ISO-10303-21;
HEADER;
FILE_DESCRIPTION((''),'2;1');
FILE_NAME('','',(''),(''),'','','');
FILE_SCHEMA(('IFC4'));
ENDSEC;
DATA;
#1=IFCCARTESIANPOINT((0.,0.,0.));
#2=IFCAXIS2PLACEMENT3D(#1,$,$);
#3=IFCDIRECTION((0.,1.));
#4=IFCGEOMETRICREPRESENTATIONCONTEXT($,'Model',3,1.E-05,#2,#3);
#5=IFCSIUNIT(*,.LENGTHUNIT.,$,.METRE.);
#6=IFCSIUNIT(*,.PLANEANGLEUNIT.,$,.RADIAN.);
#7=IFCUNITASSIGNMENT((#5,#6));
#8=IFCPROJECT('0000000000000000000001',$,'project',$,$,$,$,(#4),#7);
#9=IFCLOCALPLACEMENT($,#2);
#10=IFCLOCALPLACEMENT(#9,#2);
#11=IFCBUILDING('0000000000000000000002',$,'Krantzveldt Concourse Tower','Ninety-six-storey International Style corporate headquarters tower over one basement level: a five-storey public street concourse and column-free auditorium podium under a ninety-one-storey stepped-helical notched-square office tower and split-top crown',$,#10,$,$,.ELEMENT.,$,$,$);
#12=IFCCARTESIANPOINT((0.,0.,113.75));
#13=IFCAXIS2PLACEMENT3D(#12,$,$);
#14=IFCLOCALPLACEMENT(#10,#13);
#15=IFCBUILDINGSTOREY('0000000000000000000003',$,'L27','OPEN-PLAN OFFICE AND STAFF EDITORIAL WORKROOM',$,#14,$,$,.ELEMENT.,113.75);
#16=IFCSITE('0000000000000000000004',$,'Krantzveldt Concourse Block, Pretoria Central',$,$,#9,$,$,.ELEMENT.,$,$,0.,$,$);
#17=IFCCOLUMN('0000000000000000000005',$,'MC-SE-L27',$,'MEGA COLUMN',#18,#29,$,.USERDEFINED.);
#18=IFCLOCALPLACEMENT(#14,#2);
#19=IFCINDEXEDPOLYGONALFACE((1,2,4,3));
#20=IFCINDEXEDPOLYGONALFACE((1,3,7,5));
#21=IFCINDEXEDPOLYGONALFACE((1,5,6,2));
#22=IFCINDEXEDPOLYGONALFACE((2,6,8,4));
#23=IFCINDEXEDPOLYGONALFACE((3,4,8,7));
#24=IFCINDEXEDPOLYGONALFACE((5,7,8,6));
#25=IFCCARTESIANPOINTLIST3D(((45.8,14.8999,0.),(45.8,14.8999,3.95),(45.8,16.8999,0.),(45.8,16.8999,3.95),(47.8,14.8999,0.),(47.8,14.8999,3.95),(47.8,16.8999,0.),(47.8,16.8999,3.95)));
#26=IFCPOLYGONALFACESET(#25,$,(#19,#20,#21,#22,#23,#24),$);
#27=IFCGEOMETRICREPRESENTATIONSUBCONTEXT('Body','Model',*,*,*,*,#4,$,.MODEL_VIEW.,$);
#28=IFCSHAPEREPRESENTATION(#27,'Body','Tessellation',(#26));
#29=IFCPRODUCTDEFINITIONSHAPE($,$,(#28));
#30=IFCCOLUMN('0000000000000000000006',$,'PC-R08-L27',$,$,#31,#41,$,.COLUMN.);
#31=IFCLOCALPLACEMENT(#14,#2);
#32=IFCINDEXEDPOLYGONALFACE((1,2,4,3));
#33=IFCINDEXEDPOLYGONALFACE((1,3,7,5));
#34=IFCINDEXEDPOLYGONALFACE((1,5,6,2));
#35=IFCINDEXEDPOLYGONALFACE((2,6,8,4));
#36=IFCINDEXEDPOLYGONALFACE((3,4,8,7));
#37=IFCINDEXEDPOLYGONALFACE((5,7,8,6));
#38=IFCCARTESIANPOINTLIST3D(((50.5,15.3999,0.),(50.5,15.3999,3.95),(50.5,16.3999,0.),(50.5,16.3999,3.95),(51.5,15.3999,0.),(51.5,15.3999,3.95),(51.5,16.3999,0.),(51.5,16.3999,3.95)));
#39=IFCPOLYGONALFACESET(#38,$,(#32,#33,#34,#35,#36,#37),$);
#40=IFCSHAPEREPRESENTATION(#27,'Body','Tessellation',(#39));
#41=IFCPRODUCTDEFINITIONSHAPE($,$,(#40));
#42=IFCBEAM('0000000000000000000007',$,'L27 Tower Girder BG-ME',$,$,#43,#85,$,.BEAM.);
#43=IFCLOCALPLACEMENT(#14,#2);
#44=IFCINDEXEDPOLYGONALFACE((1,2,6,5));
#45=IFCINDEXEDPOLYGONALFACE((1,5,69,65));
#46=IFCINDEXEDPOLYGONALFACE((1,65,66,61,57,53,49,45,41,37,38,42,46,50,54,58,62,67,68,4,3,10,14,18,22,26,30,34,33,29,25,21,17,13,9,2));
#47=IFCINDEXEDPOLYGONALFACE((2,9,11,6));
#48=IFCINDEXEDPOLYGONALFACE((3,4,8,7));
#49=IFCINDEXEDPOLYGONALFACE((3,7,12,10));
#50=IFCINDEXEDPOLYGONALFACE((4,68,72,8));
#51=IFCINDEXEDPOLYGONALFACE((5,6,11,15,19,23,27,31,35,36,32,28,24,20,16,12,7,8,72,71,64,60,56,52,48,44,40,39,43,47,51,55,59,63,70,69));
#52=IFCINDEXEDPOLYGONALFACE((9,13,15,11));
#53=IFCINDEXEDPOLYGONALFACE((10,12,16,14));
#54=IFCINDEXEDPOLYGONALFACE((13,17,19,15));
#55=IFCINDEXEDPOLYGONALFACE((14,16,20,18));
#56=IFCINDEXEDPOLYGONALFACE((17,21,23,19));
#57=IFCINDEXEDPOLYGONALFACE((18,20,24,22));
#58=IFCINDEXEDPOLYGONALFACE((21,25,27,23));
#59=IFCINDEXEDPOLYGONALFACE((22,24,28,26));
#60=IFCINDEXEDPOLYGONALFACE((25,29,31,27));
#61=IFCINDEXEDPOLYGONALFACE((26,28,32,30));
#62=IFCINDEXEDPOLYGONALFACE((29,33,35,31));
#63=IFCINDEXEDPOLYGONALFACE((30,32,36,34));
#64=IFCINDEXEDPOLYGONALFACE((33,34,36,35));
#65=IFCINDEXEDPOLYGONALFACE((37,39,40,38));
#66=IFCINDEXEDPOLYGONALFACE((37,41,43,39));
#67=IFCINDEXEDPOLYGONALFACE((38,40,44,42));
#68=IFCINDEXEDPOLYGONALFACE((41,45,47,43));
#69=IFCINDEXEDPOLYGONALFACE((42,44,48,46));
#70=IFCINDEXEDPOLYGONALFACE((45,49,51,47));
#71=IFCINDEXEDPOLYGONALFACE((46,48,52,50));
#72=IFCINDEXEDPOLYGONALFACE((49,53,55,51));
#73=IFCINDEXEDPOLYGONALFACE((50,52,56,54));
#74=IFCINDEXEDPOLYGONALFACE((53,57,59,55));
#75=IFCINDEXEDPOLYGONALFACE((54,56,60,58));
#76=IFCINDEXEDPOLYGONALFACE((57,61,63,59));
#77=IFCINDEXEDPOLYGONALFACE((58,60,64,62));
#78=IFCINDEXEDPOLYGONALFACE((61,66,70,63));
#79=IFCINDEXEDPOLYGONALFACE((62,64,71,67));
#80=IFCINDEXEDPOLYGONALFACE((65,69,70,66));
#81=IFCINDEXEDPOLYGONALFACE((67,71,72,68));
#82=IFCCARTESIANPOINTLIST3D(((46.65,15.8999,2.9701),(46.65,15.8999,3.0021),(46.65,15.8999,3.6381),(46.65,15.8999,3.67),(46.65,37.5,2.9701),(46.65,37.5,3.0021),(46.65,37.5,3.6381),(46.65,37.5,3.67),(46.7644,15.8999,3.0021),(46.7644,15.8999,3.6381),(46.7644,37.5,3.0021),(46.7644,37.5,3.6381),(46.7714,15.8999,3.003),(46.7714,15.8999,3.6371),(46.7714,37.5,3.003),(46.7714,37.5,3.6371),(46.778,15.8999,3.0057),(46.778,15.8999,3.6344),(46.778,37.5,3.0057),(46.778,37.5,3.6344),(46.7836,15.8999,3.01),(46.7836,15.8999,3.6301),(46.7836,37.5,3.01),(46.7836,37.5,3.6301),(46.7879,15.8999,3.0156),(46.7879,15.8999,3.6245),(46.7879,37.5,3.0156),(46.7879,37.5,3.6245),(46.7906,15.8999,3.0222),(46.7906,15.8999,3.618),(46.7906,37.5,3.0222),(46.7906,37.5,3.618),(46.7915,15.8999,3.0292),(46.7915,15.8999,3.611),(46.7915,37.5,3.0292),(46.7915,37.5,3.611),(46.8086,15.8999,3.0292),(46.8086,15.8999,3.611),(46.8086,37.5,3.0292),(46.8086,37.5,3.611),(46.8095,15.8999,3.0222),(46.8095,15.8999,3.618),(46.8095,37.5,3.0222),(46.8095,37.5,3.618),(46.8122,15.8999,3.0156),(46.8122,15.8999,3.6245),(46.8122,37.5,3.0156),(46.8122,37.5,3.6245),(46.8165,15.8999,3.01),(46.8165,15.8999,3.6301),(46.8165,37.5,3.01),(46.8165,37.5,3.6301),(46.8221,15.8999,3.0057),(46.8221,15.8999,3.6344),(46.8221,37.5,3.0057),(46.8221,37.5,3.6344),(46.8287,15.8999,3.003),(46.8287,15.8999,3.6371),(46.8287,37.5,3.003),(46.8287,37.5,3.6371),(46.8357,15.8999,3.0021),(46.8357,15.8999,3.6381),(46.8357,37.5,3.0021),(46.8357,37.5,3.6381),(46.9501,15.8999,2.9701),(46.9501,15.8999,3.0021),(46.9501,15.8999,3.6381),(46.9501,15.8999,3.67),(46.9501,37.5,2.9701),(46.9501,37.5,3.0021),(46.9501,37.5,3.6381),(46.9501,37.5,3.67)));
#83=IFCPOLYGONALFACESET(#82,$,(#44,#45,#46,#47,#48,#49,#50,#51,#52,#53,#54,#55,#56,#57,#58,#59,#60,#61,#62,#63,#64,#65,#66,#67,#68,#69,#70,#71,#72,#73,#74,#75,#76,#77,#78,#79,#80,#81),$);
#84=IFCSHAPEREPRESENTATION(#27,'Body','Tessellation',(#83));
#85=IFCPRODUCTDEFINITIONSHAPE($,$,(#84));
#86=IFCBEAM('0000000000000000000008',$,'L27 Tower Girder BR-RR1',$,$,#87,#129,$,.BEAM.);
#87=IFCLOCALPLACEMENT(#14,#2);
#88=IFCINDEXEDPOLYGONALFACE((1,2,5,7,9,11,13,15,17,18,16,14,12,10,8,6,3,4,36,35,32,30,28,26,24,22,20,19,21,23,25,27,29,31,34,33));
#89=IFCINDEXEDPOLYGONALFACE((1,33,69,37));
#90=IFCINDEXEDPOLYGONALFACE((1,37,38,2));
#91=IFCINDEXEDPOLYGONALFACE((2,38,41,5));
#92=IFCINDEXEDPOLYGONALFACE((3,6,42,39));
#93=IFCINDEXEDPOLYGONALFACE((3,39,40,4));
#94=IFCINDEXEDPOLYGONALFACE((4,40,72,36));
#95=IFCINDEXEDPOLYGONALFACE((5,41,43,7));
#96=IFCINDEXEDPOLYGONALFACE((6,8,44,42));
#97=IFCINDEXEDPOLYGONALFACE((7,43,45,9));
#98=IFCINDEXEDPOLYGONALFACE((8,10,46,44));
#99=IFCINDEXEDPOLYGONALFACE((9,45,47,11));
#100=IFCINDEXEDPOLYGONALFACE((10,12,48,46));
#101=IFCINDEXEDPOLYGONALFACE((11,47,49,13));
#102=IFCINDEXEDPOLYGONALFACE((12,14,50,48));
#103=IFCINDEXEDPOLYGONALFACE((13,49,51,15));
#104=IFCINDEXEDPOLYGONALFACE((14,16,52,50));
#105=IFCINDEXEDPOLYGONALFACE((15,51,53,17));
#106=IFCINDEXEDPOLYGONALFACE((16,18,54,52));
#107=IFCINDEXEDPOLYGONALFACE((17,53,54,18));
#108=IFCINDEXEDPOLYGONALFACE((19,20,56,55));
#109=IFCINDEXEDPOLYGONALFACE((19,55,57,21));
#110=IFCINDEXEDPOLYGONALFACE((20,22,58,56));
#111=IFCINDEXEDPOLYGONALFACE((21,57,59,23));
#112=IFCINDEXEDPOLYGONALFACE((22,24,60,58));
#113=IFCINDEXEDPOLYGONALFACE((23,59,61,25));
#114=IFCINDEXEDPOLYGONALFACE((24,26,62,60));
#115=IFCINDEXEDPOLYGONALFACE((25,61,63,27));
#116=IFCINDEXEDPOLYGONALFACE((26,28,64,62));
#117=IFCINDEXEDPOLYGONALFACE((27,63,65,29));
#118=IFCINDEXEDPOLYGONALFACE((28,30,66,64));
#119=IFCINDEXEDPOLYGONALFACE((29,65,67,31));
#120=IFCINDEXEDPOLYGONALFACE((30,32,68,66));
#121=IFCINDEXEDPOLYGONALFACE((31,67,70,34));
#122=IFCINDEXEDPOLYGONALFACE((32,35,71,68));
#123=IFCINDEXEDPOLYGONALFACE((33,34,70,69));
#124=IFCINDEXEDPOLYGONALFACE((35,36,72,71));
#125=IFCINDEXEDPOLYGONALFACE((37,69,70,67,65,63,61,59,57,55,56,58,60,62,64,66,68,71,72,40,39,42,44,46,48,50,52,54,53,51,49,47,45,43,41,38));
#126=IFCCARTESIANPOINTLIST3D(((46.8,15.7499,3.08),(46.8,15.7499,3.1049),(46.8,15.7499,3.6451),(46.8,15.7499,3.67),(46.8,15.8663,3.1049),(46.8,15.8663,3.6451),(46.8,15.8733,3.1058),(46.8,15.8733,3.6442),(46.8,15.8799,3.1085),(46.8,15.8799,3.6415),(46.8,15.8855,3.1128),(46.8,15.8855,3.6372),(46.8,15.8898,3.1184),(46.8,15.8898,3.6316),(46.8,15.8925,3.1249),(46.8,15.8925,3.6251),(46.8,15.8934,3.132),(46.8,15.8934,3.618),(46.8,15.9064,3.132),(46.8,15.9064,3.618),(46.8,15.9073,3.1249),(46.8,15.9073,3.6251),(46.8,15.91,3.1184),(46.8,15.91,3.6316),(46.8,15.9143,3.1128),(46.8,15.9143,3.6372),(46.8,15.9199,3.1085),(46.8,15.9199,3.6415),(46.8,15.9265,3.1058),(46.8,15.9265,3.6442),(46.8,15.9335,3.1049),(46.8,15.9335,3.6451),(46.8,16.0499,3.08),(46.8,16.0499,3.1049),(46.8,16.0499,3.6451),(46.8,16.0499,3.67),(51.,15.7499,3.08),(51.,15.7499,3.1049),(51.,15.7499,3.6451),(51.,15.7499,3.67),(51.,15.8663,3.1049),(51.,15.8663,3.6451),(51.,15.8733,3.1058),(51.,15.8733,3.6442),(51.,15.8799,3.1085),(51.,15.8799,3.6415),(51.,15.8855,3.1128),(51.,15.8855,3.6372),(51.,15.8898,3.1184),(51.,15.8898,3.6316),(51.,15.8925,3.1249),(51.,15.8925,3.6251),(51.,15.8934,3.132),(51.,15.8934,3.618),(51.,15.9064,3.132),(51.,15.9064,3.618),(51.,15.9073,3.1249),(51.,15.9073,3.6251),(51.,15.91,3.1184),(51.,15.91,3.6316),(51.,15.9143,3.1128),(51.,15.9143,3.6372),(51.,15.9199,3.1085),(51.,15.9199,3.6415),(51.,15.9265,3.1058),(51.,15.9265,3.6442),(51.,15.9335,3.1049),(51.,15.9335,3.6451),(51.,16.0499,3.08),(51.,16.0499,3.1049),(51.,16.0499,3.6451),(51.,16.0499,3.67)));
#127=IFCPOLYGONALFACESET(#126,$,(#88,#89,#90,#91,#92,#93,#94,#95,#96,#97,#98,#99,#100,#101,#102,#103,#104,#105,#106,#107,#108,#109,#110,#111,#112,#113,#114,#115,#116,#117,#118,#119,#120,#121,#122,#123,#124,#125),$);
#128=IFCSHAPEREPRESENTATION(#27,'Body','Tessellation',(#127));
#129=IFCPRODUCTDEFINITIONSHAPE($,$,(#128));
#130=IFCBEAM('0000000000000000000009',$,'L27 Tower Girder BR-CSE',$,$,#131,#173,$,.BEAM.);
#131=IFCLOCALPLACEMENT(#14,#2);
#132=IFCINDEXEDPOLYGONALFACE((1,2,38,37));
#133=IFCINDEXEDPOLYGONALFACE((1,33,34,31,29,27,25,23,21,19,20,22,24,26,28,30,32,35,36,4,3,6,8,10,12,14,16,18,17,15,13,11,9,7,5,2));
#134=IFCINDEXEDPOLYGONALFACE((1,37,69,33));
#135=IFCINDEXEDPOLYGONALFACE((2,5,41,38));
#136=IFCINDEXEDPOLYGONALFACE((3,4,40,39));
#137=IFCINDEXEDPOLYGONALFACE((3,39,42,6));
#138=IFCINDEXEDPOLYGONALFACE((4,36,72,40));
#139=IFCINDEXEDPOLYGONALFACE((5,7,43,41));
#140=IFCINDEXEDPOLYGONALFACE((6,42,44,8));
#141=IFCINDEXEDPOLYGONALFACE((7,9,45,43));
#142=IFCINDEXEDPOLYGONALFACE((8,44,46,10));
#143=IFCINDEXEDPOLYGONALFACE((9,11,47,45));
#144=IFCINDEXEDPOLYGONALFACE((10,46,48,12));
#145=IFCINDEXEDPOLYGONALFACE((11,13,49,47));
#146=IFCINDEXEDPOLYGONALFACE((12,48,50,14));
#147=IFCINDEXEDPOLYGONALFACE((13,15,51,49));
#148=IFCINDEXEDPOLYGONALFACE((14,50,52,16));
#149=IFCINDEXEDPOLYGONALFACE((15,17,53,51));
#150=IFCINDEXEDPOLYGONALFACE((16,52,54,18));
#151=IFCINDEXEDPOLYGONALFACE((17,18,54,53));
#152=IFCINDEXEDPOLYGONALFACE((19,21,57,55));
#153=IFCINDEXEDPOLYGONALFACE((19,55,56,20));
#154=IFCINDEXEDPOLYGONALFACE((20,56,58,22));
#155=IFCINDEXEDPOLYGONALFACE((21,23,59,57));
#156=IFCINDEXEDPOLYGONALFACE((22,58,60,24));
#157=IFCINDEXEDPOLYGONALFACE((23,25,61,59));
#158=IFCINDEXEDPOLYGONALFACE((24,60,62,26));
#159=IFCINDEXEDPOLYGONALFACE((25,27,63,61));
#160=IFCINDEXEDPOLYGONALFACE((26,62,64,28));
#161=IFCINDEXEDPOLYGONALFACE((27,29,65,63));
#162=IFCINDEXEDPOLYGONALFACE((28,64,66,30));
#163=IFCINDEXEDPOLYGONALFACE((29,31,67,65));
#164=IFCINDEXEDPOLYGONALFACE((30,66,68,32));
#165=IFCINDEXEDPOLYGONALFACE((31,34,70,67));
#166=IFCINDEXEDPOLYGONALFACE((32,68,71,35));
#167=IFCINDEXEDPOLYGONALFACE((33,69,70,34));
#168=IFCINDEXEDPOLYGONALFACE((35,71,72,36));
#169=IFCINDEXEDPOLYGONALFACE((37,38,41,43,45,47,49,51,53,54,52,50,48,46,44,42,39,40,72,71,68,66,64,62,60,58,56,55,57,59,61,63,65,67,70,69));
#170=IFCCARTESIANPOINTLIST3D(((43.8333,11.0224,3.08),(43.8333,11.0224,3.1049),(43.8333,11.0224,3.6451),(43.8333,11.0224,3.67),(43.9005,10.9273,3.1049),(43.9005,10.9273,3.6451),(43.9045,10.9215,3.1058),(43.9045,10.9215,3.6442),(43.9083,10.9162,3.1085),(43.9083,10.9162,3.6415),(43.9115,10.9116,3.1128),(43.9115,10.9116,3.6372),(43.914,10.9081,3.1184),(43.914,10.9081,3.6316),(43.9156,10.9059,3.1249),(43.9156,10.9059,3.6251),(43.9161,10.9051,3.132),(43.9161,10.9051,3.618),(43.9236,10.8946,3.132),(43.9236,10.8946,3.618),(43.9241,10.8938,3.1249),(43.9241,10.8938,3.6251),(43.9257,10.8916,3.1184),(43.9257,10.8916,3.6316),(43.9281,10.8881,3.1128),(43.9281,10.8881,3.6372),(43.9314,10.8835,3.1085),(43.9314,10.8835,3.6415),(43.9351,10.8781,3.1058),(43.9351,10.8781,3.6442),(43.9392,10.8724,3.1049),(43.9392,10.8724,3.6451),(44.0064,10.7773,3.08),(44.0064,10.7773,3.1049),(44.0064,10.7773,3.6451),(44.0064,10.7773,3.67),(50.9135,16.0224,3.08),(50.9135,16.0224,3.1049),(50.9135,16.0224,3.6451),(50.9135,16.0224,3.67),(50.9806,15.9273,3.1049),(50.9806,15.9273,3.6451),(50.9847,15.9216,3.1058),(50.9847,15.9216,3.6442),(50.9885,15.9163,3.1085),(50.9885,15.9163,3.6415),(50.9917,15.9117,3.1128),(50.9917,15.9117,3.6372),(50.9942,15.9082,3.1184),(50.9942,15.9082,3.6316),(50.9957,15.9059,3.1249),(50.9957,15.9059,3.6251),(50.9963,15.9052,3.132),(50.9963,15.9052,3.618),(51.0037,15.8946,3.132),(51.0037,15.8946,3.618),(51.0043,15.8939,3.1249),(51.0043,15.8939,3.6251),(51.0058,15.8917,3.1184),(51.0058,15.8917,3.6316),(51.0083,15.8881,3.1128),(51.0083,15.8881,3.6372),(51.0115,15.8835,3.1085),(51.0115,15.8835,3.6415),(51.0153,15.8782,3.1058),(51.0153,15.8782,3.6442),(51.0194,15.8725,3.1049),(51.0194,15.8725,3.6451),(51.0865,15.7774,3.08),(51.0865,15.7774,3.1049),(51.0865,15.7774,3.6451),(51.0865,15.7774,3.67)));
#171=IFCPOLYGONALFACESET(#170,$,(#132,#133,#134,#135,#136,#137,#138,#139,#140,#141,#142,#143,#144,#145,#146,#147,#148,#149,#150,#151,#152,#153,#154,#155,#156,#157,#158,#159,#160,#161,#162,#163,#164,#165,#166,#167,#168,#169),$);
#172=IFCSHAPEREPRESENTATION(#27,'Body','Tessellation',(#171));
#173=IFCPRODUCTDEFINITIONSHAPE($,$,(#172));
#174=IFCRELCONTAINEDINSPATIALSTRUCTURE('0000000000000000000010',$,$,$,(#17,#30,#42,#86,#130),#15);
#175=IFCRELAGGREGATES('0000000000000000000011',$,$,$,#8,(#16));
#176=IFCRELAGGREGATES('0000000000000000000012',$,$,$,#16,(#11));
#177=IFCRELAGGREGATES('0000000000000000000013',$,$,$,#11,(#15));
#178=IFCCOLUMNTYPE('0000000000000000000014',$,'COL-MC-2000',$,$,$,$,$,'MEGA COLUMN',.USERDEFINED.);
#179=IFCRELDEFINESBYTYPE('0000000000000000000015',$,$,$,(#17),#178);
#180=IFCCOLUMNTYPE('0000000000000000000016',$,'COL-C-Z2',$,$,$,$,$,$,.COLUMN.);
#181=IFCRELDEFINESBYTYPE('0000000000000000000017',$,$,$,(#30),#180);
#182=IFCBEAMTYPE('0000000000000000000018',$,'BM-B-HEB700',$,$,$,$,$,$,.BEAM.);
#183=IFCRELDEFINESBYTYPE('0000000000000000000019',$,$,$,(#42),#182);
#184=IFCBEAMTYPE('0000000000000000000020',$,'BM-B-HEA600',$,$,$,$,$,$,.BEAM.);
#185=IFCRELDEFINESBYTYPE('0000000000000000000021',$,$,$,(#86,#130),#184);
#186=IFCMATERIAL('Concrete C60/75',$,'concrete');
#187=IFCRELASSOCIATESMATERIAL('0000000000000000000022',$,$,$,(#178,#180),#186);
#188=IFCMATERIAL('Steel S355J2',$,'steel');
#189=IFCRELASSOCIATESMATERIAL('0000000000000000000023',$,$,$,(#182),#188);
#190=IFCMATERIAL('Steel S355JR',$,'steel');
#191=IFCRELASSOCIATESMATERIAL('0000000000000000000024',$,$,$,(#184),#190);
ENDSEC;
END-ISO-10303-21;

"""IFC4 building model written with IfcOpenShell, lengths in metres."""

from ifc_helpers import new_model, si_unit, direction, frame, origin, origin_2d, place, context, subcontext, project, spatial, rectangle, i_section, extrude, source, transform, mapped, material, material_profile, profile_set, type_object, type_shapes, element, save


model = new_model("IFC4")

# Units and contexts
model_context = context("Model", 3, precision=1e-05, world=origin(), true_north=direction((0.0, 1.0)))
body_context = subcontext(model_context, "Body", "Model", "MODEL_VIEW")
ifc_project = project(units=[si_unit("LENGTHUNIT", "METRE"), si_unit("PLANEANGLEUNIT", "RADIAN")], contexts=[model_context])

# Site, building, storey
site_placement = place(None, origin())
site = spatial("IfcSite", under=ifc_project, at=site_placement, Name="Krantzveldt Concourse Block, Pretoria Central", CompositionType="ELEMENT", RefElevation=0.0)
building_placement = place(site_placement, origin())
building = spatial("IfcBuilding", under=site, at=building_placement, Name="Krantzveldt Concourse Tower", Description="Ninety-six-storey International Style corporate headquarters tower over one basement level: a five-storey public street concourse and column-free auditorium podium under a ninety-one-storey stepped-helical notched-square office tower and split-top crown", CompositionType="ELEMENT")
storey_placement = place(building_placement, frame((0.0, 0.0, 113.75)))
storey = spatial("IfcBuildingStorey", under=building, at=storey_placement, Name="L27", Description="OPEN-PLAN OFFICE AND STAFF EDITORIAL WORKROOM", CompositionType="ELEMENT", Elevation=113.75)

# Columns
ifc_material_1 = material(Name="Concrete C60/75", Category="concrete")
ifc_material_profile_1 = material_profile(ifc_material_1, rectangle(XDim=2.0, YDim=2.0, at=origin_2d()), Name="Concrete C60/75", Category="concrete")
ifc_profile_set_1 = profile_set([ifc_material_profile_1], Name="Concrete C60/75 - RC 2000x2000")
column_type_1 = type_object("IfcColumnType", Name="COL-MC-2000", ElementType="MEGA COLUMN", PredefinedType="USERDEFINED", material=ifc_profile_set_1)
shared_shape_1 = source(origin(), body_context, "Body", "SweptSolid", [
    extrude(rectangle(XDim=2.0, YDim=2.0, at=origin_2d()), origin(), (0.0, 0.0, 1.0), 3.95),
])
type_shapes(column_type_1, [shared_shape_1])
column_1_placement = place(storey_placement, frame((46.8, 15.8999, 0.0), z_axis=(0.0, 0.0, 1.0), x_axis=(1.0, 0.0, 0.0)))
element("IfcColumn", 1, at=column_1_placement, inside=storey, type_object=column_type_1, Name="MC-SE-L27", ObjectType="MEGA COLUMN", PredefinedType="USERDEFINED", context=body_context, shape_type="MappedRepresentation", body=[
    mapped(shared_shape_1, transform((0.0, 0.0, 0.0), x_axis=(1.0, 0.0, 0.0), y_axis=(0.0, 1.0, 0.0), z_axis=(0.0, 0.0, 1.0), scale=1.0)),
])
ifc_material_profile_2 = material_profile(ifc_material_1, rectangle(XDim=1.0, YDim=1.0, at=origin_2d()), Name="Concrete C60/75", Category="concrete")
ifc_profile_set_2 = profile_set([ifc_material_profile_2], Name="Concrete C60/75 - RC 1000x1000")
column_type_2 = type_object("IfcColumnType", Name="COL-C-Z2", PredefinedType="COLUMN", material=ifc_profile_set_2)
shared_shape_2 = source(origin(), body_context, "Body", "SweptSolid", [
    extrude(rectangle(XDim=1.0, YDim=1.0, at=origin_2d()), origin(), (0.0, 0.0, 1.0), 3.95),
])
type_shapes(column_type_2, [shared_shape_2])
column_2_placement = place(storey_placement, frame((51.0, 15.8999, 0.0), z_axis=(0.0, 0.0, 1.0), x_axis=(1.0, 0.0, 0.0)))
element("IfcColumn", 2, at=column_2_placement, inside=storey, type_object=column_type_2, Name="PC-R08-L27", PredefinedType="COLUMN", context=body_context, shape_type="MappedRepresentation", body=[
    mapped(shared_shape_2, transform((0.0, 0.0, 0.0), x_axis=(1.0, 0.0, 0.0), y_axis=(0.0, 1.0, 0.0), z_axis=(0.0, 0.0, 1.0), scale=1.0)),
])

# Beams
ifc_material_2 = material(Name="Steel S355J2", Category="steel")
ifc_material_profile_3 = material_profile(ifc_material_2, i_section(OverallWidth=0.3, OverallDepth=0.7, WebThickness=0.0171, FlangeThickness=0.032, FilletRadius=0.0271, at=origin_2d()), Name="Steel S355J2", Category="steel")
ifc_profile_set_3 = profile_set([ifc_material_profile_3], Name="Steel S355J2 - HEB 700")
beam_type_1 = type_object("IfcBeamType", Name="BM-B-HEB700", PredefinedType="BEAM", material=ifc_profile_set_3)
shared_shape_3 = source(origin(), body_context, "Body", "SweptSolid", [
    extrude(i_section(OverallWidth=0.3, OverallDepth=0.7, WebThickness=0.0171, FlangeThickness=0.032, FilletRadius=0.0271, at=origin_2d()), origin(), (0.0, 0.0, 1.0), 21.6001),
])
type_shapes(beam_type_1, [shared_shape_3])
beam_1_placement = place(storey_placement, frame((46.8, 15.8999, 3.3201), z_axis=(0.0, 1.0, 0.0), x_axis=(-1.0, 0.0, 0.0)))
element("IfcBeam", 3, at=beam_1_placement, inside=storey, type_object=beam_type_1, Name="L27 Tower Girder BG-ME", PredefinedType="BEAM", context=body_context, shape_type="MappedRepresentation", body=[
    mapped(shared_shape_3, transform((0.0, 0.0, 0.0), x_axis=(1.0, 0.0, 0.0), y_axis=(0.0, 1.0, 0.0), z_axis=(0.0, 0.0, 1.0), scale=1.0)),
])
ifc_material_3 = material(Name="Steel S355JR", Category="steel")
ifc_material_profile_4 = material_profile(ifc_material_3, i_section(OverallWidth=0.3, OverallDepth=0.5901, WebThickness=0.0129, FlangeThickness=0.0249, FilletRadius=0.0271, at=origin_2d()), Name="Steel S355JR", Category="steel")
ifc_profile_set_4 = profile_set([ifc_material_profile_4], Name="Steel S355JR - HEA 600")
beam_type_2 = type_object("IfcBeamType", Name="BM-B-HEA600", PredefinedType="BEAM", material=ifc_profile_set_4)
shared_shape_4 = source(origin(), body_context, "Body", "SweptSolid", [
    extrude(i_section(OverallWidth=0.3, OverallDepth=0.5901, WebThickness=0.0129, FlangeThickness=0.0249, FilletRadius=0.0271, at=origin_2d()), origin(), (0.0, 0.0, 1.0), 4.2),
])
beam_2_placement = place(storey_placement, frame((46.8, 15.8999, 3.375), z_axis=(1.0, 0.0, 0.0), x_axis=(0.0, 1.0, 0.0)))
element("IfcBeam", 4, at=beam_2_placement, inside=storey, type_object=beam_type_2, Name="L27 Tower Girder BR-RR1", PredefinedType="BEAM", context=body_context, shape_type="MappedRepresentation", body=[
    mapped(shared_shape_4, transform((0.0, 0.0, 0.0), x_axis=(1.0, 0.0, 0.0), y_axis=(0.0, 1.0, 0.0), z_axis=(0.0, 0.0, 1.0), scale=1.0)),
])
shared_shape_5 = source(origin(), body_context, "Body", "SweptSolid", [
    extrude(i_section(OverallWidth=0.3, OverallDepth=0.5901, WebThickness=0.0129, FlangeThickness=0.0249, FilletRadius=0.0271, at=origin_2d()), origin(), (0.0, 0.0, 1.0), 8.6677),
])
type_shapes(beam_type_2, [shared_shape_4, shared_shape_5])
beam_3_placement = place(storey_placement, frame((51.0, 15.8999, 3.375), z_axis=(-0.816843, -0.57686, 0.0), x_axis=(0.57686, -0.816843, 0.0)))
element("IfcBeam", 5, at=beam_3_placement, inside=storey, type_object=beam_type_2, Name="L27 Tower Girder BR-CSE", PredefinedType="BEAM", context=body_context, shape_type="MappedRepresentation", body=[
    mapped(shared_shape_5, transform((0.0, 0.0, 0.0), x_axis=(1.0, 0.0, 0.0), y_axis=(0.0, 1.0, 0.0), z_axis=(0.0, 0.0, 1.0), scale=1.0)),
])

save(model, "model.ifc")
